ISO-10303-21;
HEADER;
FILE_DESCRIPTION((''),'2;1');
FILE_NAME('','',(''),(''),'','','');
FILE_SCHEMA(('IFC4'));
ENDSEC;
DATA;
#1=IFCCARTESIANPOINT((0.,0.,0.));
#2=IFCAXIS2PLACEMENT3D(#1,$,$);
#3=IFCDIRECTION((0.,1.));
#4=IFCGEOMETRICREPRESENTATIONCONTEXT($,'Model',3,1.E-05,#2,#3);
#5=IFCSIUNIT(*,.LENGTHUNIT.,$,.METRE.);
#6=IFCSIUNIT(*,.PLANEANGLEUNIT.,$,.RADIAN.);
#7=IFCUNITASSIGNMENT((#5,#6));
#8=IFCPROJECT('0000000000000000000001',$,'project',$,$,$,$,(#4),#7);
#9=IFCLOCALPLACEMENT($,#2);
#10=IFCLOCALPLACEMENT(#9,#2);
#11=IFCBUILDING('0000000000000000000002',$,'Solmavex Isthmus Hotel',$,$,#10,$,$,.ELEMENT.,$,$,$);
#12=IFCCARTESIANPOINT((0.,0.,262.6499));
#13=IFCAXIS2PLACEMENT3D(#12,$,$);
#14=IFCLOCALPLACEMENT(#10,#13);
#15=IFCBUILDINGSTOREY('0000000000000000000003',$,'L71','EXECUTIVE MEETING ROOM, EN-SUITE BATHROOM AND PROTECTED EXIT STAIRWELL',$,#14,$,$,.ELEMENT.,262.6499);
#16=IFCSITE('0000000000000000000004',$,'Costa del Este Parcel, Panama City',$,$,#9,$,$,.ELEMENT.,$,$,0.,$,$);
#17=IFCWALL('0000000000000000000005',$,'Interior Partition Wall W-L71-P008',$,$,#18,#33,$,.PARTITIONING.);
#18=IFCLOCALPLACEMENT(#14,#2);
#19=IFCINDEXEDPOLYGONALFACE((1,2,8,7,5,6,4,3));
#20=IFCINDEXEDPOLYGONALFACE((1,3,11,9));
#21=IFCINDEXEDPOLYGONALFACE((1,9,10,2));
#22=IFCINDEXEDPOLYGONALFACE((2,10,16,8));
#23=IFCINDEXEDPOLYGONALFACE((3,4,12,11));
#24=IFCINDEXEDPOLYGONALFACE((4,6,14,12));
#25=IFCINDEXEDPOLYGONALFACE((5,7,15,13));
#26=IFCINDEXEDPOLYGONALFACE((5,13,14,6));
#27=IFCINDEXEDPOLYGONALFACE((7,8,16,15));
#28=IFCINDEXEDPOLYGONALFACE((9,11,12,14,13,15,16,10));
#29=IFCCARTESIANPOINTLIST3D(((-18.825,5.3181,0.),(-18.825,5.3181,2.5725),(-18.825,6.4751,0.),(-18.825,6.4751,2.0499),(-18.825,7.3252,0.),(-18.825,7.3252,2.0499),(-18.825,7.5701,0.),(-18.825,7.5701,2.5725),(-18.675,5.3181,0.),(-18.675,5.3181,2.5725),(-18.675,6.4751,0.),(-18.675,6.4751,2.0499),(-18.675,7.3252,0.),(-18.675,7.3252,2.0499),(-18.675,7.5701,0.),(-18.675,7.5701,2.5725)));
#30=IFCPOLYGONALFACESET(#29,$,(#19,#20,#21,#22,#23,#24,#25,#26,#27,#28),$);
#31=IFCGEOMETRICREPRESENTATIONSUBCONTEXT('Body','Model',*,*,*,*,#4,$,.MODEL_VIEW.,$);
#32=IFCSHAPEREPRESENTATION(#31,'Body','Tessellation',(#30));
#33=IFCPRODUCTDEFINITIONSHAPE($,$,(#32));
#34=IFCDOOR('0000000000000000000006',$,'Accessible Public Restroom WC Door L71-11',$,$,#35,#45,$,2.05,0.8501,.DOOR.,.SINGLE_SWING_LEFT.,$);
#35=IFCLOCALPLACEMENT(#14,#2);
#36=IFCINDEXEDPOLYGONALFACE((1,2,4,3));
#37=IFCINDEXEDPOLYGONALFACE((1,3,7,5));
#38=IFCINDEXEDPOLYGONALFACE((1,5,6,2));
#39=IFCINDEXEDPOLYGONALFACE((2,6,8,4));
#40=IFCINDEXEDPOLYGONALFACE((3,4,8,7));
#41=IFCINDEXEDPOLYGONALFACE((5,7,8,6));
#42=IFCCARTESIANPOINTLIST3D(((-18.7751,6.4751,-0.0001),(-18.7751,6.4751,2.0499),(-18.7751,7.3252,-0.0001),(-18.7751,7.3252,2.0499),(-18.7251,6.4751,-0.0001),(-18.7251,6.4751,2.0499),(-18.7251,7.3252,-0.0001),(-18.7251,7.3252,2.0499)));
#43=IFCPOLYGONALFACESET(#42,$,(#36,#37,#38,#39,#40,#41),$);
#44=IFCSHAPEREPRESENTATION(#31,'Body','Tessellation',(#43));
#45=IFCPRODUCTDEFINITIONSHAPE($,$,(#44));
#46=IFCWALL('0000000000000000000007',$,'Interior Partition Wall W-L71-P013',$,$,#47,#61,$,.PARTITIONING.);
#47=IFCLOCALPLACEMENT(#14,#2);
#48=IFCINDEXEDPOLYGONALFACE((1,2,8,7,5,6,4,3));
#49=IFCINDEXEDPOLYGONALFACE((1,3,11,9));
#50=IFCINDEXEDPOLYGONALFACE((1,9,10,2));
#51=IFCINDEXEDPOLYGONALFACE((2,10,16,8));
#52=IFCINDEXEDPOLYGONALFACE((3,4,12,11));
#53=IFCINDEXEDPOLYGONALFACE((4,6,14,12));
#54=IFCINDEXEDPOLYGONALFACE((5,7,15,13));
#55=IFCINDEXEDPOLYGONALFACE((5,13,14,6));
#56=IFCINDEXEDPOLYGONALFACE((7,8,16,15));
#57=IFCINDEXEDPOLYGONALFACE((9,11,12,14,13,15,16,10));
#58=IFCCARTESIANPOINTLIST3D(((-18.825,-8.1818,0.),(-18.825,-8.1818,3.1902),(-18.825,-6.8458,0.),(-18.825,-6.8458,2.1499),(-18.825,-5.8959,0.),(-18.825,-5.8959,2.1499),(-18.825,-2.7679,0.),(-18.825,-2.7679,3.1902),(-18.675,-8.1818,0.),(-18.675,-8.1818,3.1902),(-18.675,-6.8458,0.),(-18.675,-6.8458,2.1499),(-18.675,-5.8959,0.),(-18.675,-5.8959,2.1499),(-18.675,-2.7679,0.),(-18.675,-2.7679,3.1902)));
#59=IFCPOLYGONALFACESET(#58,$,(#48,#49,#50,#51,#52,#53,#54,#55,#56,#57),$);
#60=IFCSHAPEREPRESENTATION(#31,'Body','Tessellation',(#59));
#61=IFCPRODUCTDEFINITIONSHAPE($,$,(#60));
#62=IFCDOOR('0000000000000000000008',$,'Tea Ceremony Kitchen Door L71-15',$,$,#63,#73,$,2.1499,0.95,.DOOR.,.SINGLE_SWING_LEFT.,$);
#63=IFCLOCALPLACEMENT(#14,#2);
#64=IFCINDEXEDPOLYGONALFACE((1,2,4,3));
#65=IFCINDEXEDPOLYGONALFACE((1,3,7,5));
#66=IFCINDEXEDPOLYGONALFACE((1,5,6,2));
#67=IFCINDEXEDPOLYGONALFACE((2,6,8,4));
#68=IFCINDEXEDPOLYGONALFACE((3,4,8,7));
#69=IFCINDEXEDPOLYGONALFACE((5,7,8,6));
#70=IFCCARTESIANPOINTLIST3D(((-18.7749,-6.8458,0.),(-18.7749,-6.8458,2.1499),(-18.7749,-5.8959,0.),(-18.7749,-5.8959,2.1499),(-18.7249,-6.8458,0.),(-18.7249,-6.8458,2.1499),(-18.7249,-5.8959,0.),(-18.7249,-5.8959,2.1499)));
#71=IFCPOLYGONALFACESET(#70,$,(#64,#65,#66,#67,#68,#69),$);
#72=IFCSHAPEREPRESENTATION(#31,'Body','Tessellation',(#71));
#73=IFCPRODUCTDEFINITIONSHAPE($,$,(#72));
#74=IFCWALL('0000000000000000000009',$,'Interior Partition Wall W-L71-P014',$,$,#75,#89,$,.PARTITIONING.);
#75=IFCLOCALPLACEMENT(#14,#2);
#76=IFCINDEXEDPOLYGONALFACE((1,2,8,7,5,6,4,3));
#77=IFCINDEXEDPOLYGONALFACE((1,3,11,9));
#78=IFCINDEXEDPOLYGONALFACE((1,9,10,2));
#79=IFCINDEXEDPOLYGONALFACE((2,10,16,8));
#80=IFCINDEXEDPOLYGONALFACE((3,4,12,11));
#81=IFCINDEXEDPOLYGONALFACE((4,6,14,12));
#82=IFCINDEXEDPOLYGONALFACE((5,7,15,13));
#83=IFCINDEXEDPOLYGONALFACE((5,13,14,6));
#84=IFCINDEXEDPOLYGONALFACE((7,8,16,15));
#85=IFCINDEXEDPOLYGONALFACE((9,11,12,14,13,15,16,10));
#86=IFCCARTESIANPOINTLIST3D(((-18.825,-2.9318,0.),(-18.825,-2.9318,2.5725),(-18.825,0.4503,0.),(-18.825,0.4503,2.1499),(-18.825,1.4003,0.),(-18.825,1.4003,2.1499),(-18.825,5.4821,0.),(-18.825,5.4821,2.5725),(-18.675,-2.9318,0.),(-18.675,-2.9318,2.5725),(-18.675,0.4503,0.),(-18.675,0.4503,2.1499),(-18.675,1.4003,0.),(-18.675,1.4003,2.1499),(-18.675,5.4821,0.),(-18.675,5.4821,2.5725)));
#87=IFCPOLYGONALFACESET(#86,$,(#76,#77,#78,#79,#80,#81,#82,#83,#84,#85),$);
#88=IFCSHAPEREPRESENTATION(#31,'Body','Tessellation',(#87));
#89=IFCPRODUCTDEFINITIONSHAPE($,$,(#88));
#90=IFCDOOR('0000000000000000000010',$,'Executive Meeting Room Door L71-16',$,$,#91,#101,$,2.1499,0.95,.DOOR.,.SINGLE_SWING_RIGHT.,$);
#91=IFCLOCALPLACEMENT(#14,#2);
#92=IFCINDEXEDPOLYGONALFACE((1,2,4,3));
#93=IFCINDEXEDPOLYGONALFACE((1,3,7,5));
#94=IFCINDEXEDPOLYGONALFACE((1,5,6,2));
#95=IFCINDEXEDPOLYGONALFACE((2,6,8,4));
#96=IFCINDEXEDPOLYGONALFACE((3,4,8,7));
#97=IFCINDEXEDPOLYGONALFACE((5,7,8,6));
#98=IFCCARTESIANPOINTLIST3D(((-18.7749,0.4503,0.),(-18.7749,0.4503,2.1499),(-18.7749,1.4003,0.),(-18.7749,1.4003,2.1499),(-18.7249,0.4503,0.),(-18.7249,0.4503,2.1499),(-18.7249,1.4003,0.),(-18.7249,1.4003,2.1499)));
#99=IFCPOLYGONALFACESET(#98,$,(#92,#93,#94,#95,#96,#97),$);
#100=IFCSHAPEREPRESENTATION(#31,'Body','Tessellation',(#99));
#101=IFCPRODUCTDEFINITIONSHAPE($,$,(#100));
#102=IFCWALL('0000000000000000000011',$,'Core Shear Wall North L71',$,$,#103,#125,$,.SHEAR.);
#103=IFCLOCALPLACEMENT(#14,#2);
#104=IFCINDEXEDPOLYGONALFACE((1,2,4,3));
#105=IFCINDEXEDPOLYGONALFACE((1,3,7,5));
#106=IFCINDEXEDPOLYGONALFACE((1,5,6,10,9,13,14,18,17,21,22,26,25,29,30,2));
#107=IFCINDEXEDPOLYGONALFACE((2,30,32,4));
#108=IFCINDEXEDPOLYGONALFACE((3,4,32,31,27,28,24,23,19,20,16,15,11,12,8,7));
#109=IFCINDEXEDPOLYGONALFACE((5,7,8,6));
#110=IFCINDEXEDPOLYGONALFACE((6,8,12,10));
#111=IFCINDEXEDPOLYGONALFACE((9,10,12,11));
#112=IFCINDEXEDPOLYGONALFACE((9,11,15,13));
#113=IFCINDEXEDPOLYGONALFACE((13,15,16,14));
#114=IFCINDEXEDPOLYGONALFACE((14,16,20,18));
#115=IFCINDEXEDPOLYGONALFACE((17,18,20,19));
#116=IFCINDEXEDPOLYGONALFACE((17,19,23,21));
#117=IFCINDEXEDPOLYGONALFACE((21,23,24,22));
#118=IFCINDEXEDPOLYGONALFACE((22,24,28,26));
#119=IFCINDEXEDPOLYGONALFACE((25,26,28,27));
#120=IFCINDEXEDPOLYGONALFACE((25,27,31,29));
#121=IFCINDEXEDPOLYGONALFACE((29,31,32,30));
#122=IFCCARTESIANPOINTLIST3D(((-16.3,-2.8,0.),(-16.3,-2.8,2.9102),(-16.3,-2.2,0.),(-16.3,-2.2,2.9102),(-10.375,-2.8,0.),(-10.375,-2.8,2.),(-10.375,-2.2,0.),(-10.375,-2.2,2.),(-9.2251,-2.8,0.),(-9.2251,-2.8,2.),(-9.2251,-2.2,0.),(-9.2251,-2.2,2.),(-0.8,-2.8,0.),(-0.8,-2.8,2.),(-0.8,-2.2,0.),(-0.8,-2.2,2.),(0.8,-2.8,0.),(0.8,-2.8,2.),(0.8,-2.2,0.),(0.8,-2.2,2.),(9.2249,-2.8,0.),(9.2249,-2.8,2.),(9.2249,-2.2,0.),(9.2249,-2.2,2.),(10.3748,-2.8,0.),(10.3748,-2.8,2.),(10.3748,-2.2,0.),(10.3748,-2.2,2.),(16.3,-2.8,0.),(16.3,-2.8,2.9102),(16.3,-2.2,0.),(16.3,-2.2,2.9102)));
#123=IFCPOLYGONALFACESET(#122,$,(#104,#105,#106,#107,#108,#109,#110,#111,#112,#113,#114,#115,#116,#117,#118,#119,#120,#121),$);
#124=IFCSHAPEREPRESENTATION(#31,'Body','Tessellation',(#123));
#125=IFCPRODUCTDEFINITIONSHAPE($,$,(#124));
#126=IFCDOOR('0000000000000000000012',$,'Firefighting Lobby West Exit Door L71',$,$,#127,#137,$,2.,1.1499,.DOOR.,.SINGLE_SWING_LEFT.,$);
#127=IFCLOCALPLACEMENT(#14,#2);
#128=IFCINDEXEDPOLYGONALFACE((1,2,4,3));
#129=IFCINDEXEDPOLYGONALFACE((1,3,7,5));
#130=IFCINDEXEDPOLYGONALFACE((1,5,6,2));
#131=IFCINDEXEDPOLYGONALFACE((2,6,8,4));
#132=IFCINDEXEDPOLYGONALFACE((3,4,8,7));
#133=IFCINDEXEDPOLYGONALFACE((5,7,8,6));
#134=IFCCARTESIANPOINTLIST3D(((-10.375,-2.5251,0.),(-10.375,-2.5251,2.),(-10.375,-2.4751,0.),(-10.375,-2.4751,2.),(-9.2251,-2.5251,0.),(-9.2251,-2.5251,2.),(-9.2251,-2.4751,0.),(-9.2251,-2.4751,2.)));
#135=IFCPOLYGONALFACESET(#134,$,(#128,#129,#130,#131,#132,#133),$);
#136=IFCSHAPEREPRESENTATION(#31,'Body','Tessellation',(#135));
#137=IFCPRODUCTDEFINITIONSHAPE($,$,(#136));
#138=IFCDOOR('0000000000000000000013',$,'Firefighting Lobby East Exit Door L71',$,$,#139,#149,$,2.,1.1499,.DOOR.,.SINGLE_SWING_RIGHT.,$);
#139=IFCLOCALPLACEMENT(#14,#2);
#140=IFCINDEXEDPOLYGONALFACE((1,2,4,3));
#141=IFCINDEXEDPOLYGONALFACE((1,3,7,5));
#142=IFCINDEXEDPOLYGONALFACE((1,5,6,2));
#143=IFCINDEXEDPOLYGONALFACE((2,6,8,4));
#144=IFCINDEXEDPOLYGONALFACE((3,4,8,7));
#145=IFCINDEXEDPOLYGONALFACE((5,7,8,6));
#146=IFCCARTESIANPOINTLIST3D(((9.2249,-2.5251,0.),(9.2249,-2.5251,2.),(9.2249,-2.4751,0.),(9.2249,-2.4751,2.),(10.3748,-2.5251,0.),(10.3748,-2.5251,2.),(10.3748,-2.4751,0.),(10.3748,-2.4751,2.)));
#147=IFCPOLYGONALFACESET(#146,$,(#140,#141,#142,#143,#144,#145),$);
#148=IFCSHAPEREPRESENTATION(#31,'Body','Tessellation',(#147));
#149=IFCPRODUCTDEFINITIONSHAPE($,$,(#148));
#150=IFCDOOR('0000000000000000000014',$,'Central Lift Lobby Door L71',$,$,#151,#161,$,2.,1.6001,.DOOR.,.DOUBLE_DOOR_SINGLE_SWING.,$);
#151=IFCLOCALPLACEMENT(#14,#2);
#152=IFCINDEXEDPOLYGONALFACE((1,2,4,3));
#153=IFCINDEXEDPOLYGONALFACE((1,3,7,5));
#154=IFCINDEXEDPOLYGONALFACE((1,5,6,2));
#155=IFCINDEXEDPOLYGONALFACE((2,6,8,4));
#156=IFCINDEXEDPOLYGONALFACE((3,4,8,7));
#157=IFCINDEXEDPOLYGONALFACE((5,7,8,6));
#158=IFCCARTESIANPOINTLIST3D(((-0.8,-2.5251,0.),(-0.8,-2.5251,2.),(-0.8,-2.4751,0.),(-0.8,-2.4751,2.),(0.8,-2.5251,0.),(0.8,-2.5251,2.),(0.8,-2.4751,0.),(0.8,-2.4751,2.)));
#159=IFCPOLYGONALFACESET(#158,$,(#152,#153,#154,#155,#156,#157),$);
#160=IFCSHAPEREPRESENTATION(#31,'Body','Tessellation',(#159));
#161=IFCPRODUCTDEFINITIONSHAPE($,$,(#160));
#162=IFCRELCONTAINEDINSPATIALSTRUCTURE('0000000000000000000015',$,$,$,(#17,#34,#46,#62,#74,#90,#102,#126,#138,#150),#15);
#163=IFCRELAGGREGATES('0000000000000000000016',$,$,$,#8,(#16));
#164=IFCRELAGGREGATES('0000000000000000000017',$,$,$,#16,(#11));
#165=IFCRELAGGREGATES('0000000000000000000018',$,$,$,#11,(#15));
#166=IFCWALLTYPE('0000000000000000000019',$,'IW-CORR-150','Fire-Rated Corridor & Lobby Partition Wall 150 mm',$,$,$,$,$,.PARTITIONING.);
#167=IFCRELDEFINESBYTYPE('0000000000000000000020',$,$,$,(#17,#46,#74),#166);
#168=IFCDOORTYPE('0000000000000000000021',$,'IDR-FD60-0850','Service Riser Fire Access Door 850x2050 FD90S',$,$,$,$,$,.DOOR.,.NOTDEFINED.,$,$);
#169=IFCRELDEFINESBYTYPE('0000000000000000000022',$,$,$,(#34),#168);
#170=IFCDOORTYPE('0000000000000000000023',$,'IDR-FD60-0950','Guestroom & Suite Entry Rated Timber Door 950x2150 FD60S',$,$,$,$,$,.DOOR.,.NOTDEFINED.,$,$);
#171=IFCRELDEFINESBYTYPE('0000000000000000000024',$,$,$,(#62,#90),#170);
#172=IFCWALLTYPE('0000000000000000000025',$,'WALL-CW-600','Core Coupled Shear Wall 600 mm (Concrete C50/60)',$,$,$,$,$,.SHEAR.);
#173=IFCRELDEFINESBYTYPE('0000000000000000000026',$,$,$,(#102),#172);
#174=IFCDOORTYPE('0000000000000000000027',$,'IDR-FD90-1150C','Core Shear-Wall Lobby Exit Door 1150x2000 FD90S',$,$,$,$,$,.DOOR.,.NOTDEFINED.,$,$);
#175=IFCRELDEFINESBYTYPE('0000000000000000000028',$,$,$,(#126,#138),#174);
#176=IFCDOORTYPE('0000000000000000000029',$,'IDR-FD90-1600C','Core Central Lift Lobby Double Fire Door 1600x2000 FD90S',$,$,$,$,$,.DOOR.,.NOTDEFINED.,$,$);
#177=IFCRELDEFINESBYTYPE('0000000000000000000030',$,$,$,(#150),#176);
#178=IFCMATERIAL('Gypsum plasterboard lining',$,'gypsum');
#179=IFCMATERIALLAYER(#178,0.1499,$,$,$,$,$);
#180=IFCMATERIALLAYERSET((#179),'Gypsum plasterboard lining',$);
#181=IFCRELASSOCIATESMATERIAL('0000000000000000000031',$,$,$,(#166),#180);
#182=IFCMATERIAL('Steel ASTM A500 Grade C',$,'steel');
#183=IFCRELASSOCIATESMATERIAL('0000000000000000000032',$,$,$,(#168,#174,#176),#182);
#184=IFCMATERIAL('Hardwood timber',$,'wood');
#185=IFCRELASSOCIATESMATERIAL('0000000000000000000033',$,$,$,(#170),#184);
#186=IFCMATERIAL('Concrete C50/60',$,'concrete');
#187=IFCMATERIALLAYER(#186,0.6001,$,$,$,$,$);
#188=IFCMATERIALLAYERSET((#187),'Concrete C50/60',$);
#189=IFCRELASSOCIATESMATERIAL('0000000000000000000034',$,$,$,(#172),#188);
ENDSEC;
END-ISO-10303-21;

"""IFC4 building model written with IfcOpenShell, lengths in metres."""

from ifc_helpers import new_model, si_unit, direction, frame, frame_2d, origin, place, context, subcontext, project, spatial, rectangle, extrude, material, layer, layer_set, type_object, element, fill, save


model = new_model("IFC4")

# Units and contexts
model_context = context("Model", 3, precision=1e-05, world=origin(), true_north=direction((0.0, 1.0)))
body_context = subcontext(model_context, "Body", "Model", "MODEL_VIEW")
ifc_project = project(units=[si_unit("LENGTHUNIT", "METRE"), si_unit("PLANEANGLEUNIT", "RADIAN")], contexts=[model_context])

# Site, building, storey
site_placement = place(None, origin())
site = spatial("IfcSite", under=ifc_project, at=site_placement, Name="Costa del Este Parcel, Panama City", CompositionType="ELEMENT", RefElevation=0.0)
building_placement = place(site_placement, origin())
building = spatial("IfcBuilding", under=site, at=building_placement, Name="Solmavex Isthmus Hotel", CompositionType="ELEMENT")
storey_placement = place(building_placement, frame((0.0, 0.0, 262.6499)))
storey = spatial("IfcBuildingStorey", under=building, at=storey_placement, Name="L71", Description="EXECUTIVE MEETING ROOM, EN-SUITE BATHROOM AND PROTECTED EXIT STAIRWELL", CompositionType="ELEMENT", Elevation=262.6499)

# Shared definitions
ifc_material_1 = material(Name="Concrete C50/60", Category="concrete")

# Shared definitions
ifc_material_2 = material(Name="Gypsum plasterboard lining", Category="gypsum")

# Walls, openings, doors
ifc_layer_1 = layer(ifc_material_2, 0.1499)
ifc_layer_set_1 = layer_set([ifc_layer_1], Name="Gypsum plasterboard lining")
wall_type_1 = type_object("IfcWallType", Name="IW-CORR-150", Description="Fire-Rated Corridor & Lobby Partition Wall 150 mm", PredefinedType="PARTITIONING", material=ifc_layer_set_1)
wall_1_placement = place(storey_placement, frame((-18.75, 5.3181, 0.0), z_axis=(0.0, 0.0, 1.0), x_axis=(0.0, 1.0, 0.0)))
wall_1 = element("IfcWall", 1, at=wall_1_placement, inside=storey, type_object=wall_type_1, Name="Interior Partition Wall W-L71-P008", PredefinedType="PARTITIONING", context=body_context, shape_type="SweptSolid", body=[
    extrude(rectangle(XDim=2.252, YDim=0.1499, at=frame_2d((1.126, 0.0))), origin(), (0.0, 0.0, 1.0), 2.5725),
])
opening_1_placement = place(wall_1_placement, frame((1.157, 0.0, 0.0)))
opening_1 = element("IfcOpeningElement", 2, at=opening_1_placement, cuts=wall_1, PredefinedType="OPENING", context=body_context, shape_type="SweptSolid", body=[
    extrude(rectangle(XDim=0.8501, YDim=2.05, at=frame_2d((0.425, 1.0249))), frame((0.0, 0.085, 0.0), z_axis=(0.0, -1.0, 0.0), x_axis=(1.0, 0.0, 0.0)), (0.0, 0.0, 1.0), 0.1699),
])
ifc_material_3 = material(Name="Steel ASTM A500 Grade C", Category="steel")
door_type_1 = type_object("IfcDoorType", Name="IDR-FD60-0850", Description="Service Riser Fire Access Door 850x2050 FD90S", OperationType="NOTDEFINED", PredefinedType="DOOR", material=ifc_material_3)
door_1_placement = place(opening_1_placement, frame((0.8501, 0.0, 0.0), z_axis=(0.0, 0.0, 1.0), x_axis=(-1.0, 0.0, 0.0)))
door_1 = element("IfcDoor", 3, at=door_1_placement, inside=storey, type_object=door_type_1, Name="Accessible Public Restroom WC Door L71-11", OperationType="SINGLE_SWING_LEFT", OverallHeight=2.05, OverallWidth=0.8501, PredefinedType="DOOR", context=body_context, shape_type="SweptSolid", body=[
    extrude(rectangle(XDim=0.8501, YDim=2.05, at=frame_2d((0.425, 1.0249))), frame((0.0, 0.0249, 0.0), z_axis=(0.0, -1.0, 0.0), x_axis=(1.0, 0.0, 0.0)), (0.0, 0.0, 1.0), 0.05),
])
fill(opening_1, door_1)
wall_2_placement = place(storey_placement, frame((-18.75, -8.1819, 0.0), z_axis=(0.0, 0.0, 1.0), x_axis=(0.0, 1.0, 0.0)))
wall_2 = element("IfcWall", 4, at=wall_2_placement, inside=storey, type_object=wall_type_1, Name="Interior Partition Wall W-L71-P013", PredefinedType="PARTITIONING", context=body_context, shape_type="SweptSolid", body=[
    extrude(rectangle(XDim=5.4138, YDim=0.1499, at=frame_2d((2.707, 0.0))), origin(), (0.0, 0.0, 1.0), 3.1902),
])
opening_2_placement = place(wall_2_placement, frame((1.3359, 0.0, 0.0)))
opening_2 = element("IfcOpeningElement", 5, at=opening_2_placement, cuts=wall_2, PredefinedType="OPENING", context=body_context, shape_type="SweptSolid", body=[
    extrude(rectangle(XDim=0.95, YDim=2.1499, at=frame_2d((0.4751, 1.075))), frame((0.0, 0.085, 0.0), z_axis=(0.0, -1.0, 0.0), x_axis=(1.0, 0.0, 0.0)), (0.0, 0.0, 1.0), 0.1699),
])
ifc_material_4 = material(Name="Hardwood timber", Category="wood")
door_type_2 = type_object("IfcDoorType", Name="IDR-FD60-0950", Description="Guestroom & Suite Entry Rated Timber Door 950x2150 FD60S", OperationType="NOTDEFINED", PredefinedType="DOOR", material=ifc_material_4)
door_2_placement = place(opening_2_placement, origin())
door_2 = element("IfcDoor", 6, at=door_2_placement, inside=storey, type_object=door_type_2, Name="Tea Ceremony Kitchen Door L71-15", OperationType="SINGLE_SWING_LEFT", OverallHeight=2.1499, OverallWidth=0.95, PredefinedType="DOOR", context=body_context, shape_type="SweptSolid", body=[
    extrude(rectangle(XDim=0.95, YDim=2.1499, at=frame_2d((0.4751, 1.075))), frame((0.0, 0.0249, 0.0), z_axis=(0.0, -1.0, 0.0), x_axis=(1.0, 0.0, 0.0)), (0.0, 0.0, 1.0), 0.05),
])
fill(opening_2, door_2)
wall_3_placement = place(storey_placement, frame((-18.75, -2.9319, 0.0), z_axis=(0.0, 0.0, 1.0), x_axis=(0.0, 1.0, 0.0)))
wall_3 = element("IfcWall", 7, at=wall_3_placement, inside=storey, type_object=wall_type_1, Name="Interior Partition Wall W-L71-P014", PredefinedType="PARTITIONING", context=body_context, shape_type="SweptSolid", body=[
    extrude(rectangle(XDim=8.4138, YDim=0.1499, at=frame_2d((4.207, 0.0))), origin(), (0.0, 0.0, 1.0), 2.5725),
])
opening_3_placement = place(wall_3_placement, frame((3.3821, 0.0, 0.0)))
opening_3 = element("IfcOpeningElement", 8, at=opening_3_placement, cuts=wall_3, PredefinedType="OPENING", context=body_context, shape_type="SweptSolid", body=[
    extrude(rectangle(XDim=0.95, YDim=2.1499, at=frame_2d((0.4751, 1.075))), frame((0.0, 0.085, 0.0), z_axis=(0.0, -1.0, 0.0), x_axis=(1.0, 0.0, 0.0)), (0.0, 0.0, 1.0), 0.1699),
])
door_3_placement = place(opening_3_placement, origin())
door_3 = element("IfcDoor", 9, at=door_3_placement, inside=storey, type_object=door_type_2, Name="Executive Meeting Room Door L71-16", OperationType="SINGLE_SWING_RIGHT", OverallHeight=2.1499, OverallWidth=0.95, PredefinedType="DOOR", context=body_context, shape_type="SweptSolid", body=[
    extrude(rectangle(XDim=0.95, YDim=2.1499, at=frame_2d((0.4751, 1.075))), frame((0.0, 0.0249, 0.0), z_axis=(0.0, -1.0, 0.0), x_axis=(1.0, 0.0, 0.0)), (0.0, 0.0, 1.0), 0.05),
])
fill(opening_3, door_3)

# Wall, openings, doors
ifc_layer_2 = layer(ifc_material_1, 0.6001)
ifc_layer_set_2 = layer_set([ifc_layer_2], Name="Concrete C50/60")
wall_type_2 = type_object("IfcWallType", Name="WALL-CW-600", Description="Core Coupled Shear Wall 600 mm (Concrete C50/60)", PredefinedType="SHEAR", material=ifc_layer_set_2)
wall_4_placement = place(storey_placement, frame((-16.3, -2.5, 0.0), z_axis=(0.0, 0.0, 1.0), x_axis=(1.0, 0.0, 0.0)))
wall_4 = element("IfcWall", 10, at=wall_4_placement, inside=storey, type_object=wall_type_2, Name="Core Shear Wall North L71", PredefinedType="SHEAR", context=body_context, shape_type="SweptSolid", body=[
    extrude(rectangle(XDim=32.6001, YDim=0.6001, at=frame_2d((16.3, 0.0))), origin(), (0.0, 0.0, 1.0), 2.9102),
])
opening_4_placement = place(wall_4_placement, frame((5.925, 0.0, 0.0)))
opening_4 = element("IfcOpeningElement", 11, at=opening_4_placement, cuts=wall_4, PredefinedType="OPENING", context=body_context, shape_type="SweptSolid", body=[
    extrude(rectangle(XDim=1.1499, YDim=2.0, at=frame_2d((0.575, 1.0))), frame((0.0, 0.3101, 0.0), z_axis=(0.0, -1.0, 0.0), x_axis=(1.0, 0.0, 0.0)), (0.0, 0.0, 1.0), 0.6201),
])
opening_5_placement = place(wall_4_placement, frame((15.5, 0.0, 0.0)))
opening_5 = element("IfcOpeningElement", 12, at=opening_5_placement, cuts=wall_4, PredefinedType="OPENING", context=body_context, shape_type="SweptSolid", body=[
    extrude(rectangle(XDim=1.6001, YDim=2.0, at=frame_2d((0.8, 1.0))), frame((0.0, 0.3101, 0.0), z_axis=(0.0, -1.0, 0.0), x_axis=(1.0, 0.0, 0.0)), (0.0, 0.0, 1.0), 0.6201),
])
opening_6_placement = place(wall_4_placement, frame((25.5249, 0.0, 0.0)))
opening_6 = element("IfcOpeningElement", 13, at=opening_6_placement, cuts=wall_4, PredefinedType="OPENING", context=body_context, shape_type="SweptSolid", body=[
    extrude(rectangle(XDim=1.1499, YDim=2.0, at=frame_2d((0.575, 1.0))), frame((0.0, 0.3101, 0.0), z_axis=(0.0, -1.0, 0.0), x_axis=(1.0, 0.0, 0.0)), (0.0, 0.0, 1.0), 0.6201),
])
door_type_3 = type_object("IfcDoorType", Name="IDR-FD90-1150C", Description="Core Shear-Wall Lobby Exit Door 1150x2000 FD90S", OperationType="NOTDEFINED", PredefinedType="DOOR", material=ifc_material_3)
door_4_placement = place(opening_4_placement, origin())
door_4 = element("IfcDoor", 14, at=door_4_placement, inside=storey, type_object=door_type_3, Name="Firefighting Lobby West Exit Door L71", OperationType="SINGLE_SWING_LEFT", OverallHeight=2.0, OverallWidth=1.1499, PredefinedType="DOOR", context=body_context, shape_type="SweptSolid", body=[
    extrude(rectangle(XDim=1.1499, YDim=2.0, at=frame_2d((0.575, 1.0))), frame((0.0, 0.0249, 0.0), z_axis=(0.0, -1.0, 0.0), x_axis=(1.0, 0.0, 0.0)), (0.0, 0.0, 1.0), 0.05),
])
fill(opening_4, door_4)
door_5_placement = place(opening_6_placement, origin())
door_5 = element("IfcDoor", 15, at=door_5_placement, inside=storey, type_object=door_type_3, Name="Firefighting Lobby East Exit Door L71", OperationType="SINGLE_SWING_RIGHT", OverallHeight=2.0, OverallWidth=1.1499, PredefinedType="DOOR", context=body_context, shape_type="SweptSolid", body=[
    extrude(rectangle(XDim=1.1499, YDim=2.0, at=frame_2d((0.575, 1.0))), frame((0.0, 0.0249, 0.0), z_axis=(0.0, -1.0, 0.0), x_axis=(1.0, 0.0, 0.0)), (0.0, 0.0, 1.0), 0.05),
])
fill(opening_6, door_5)
door_type_4 = type_object("IfcDoorType", Name="IDR-FD90-1600C", Description="Core Central Lift Lobby Double Fire Door 1600x2000 FD90S", OperationType="NOTDEFINED", PredefinedType="DOOR", material=ifc_material_3)
door_6_placement = place(opening_5_placement, origin())
door_6 = element("IfcDoor", 16, at=door_6_placement, inside=storey, type_object=door_type_4, Name="Central Lift Lobby Door L71", OperationType="DOUBLE_DOOR_SINGLE_SWING", OverallHeight=2.0, OverallWidth=1.6001, PredefinedType="DOOR", context=body_context, shape_type="SweptSolid", body=[
    extrude(rectangle(XDim=1.6001, YDim=2.0, at=frame_2d((0.8, 1.0))), frame((0.0, 0.0249, 0.0), z_axis=(0.0, -1.0, 0.0), x_axis=(1.0, 0.0, 0.0)), (0.0, 0.0, 1.0), 0.05),
])
fill(opening_5, door_6)

save(model, "model.ifc")
